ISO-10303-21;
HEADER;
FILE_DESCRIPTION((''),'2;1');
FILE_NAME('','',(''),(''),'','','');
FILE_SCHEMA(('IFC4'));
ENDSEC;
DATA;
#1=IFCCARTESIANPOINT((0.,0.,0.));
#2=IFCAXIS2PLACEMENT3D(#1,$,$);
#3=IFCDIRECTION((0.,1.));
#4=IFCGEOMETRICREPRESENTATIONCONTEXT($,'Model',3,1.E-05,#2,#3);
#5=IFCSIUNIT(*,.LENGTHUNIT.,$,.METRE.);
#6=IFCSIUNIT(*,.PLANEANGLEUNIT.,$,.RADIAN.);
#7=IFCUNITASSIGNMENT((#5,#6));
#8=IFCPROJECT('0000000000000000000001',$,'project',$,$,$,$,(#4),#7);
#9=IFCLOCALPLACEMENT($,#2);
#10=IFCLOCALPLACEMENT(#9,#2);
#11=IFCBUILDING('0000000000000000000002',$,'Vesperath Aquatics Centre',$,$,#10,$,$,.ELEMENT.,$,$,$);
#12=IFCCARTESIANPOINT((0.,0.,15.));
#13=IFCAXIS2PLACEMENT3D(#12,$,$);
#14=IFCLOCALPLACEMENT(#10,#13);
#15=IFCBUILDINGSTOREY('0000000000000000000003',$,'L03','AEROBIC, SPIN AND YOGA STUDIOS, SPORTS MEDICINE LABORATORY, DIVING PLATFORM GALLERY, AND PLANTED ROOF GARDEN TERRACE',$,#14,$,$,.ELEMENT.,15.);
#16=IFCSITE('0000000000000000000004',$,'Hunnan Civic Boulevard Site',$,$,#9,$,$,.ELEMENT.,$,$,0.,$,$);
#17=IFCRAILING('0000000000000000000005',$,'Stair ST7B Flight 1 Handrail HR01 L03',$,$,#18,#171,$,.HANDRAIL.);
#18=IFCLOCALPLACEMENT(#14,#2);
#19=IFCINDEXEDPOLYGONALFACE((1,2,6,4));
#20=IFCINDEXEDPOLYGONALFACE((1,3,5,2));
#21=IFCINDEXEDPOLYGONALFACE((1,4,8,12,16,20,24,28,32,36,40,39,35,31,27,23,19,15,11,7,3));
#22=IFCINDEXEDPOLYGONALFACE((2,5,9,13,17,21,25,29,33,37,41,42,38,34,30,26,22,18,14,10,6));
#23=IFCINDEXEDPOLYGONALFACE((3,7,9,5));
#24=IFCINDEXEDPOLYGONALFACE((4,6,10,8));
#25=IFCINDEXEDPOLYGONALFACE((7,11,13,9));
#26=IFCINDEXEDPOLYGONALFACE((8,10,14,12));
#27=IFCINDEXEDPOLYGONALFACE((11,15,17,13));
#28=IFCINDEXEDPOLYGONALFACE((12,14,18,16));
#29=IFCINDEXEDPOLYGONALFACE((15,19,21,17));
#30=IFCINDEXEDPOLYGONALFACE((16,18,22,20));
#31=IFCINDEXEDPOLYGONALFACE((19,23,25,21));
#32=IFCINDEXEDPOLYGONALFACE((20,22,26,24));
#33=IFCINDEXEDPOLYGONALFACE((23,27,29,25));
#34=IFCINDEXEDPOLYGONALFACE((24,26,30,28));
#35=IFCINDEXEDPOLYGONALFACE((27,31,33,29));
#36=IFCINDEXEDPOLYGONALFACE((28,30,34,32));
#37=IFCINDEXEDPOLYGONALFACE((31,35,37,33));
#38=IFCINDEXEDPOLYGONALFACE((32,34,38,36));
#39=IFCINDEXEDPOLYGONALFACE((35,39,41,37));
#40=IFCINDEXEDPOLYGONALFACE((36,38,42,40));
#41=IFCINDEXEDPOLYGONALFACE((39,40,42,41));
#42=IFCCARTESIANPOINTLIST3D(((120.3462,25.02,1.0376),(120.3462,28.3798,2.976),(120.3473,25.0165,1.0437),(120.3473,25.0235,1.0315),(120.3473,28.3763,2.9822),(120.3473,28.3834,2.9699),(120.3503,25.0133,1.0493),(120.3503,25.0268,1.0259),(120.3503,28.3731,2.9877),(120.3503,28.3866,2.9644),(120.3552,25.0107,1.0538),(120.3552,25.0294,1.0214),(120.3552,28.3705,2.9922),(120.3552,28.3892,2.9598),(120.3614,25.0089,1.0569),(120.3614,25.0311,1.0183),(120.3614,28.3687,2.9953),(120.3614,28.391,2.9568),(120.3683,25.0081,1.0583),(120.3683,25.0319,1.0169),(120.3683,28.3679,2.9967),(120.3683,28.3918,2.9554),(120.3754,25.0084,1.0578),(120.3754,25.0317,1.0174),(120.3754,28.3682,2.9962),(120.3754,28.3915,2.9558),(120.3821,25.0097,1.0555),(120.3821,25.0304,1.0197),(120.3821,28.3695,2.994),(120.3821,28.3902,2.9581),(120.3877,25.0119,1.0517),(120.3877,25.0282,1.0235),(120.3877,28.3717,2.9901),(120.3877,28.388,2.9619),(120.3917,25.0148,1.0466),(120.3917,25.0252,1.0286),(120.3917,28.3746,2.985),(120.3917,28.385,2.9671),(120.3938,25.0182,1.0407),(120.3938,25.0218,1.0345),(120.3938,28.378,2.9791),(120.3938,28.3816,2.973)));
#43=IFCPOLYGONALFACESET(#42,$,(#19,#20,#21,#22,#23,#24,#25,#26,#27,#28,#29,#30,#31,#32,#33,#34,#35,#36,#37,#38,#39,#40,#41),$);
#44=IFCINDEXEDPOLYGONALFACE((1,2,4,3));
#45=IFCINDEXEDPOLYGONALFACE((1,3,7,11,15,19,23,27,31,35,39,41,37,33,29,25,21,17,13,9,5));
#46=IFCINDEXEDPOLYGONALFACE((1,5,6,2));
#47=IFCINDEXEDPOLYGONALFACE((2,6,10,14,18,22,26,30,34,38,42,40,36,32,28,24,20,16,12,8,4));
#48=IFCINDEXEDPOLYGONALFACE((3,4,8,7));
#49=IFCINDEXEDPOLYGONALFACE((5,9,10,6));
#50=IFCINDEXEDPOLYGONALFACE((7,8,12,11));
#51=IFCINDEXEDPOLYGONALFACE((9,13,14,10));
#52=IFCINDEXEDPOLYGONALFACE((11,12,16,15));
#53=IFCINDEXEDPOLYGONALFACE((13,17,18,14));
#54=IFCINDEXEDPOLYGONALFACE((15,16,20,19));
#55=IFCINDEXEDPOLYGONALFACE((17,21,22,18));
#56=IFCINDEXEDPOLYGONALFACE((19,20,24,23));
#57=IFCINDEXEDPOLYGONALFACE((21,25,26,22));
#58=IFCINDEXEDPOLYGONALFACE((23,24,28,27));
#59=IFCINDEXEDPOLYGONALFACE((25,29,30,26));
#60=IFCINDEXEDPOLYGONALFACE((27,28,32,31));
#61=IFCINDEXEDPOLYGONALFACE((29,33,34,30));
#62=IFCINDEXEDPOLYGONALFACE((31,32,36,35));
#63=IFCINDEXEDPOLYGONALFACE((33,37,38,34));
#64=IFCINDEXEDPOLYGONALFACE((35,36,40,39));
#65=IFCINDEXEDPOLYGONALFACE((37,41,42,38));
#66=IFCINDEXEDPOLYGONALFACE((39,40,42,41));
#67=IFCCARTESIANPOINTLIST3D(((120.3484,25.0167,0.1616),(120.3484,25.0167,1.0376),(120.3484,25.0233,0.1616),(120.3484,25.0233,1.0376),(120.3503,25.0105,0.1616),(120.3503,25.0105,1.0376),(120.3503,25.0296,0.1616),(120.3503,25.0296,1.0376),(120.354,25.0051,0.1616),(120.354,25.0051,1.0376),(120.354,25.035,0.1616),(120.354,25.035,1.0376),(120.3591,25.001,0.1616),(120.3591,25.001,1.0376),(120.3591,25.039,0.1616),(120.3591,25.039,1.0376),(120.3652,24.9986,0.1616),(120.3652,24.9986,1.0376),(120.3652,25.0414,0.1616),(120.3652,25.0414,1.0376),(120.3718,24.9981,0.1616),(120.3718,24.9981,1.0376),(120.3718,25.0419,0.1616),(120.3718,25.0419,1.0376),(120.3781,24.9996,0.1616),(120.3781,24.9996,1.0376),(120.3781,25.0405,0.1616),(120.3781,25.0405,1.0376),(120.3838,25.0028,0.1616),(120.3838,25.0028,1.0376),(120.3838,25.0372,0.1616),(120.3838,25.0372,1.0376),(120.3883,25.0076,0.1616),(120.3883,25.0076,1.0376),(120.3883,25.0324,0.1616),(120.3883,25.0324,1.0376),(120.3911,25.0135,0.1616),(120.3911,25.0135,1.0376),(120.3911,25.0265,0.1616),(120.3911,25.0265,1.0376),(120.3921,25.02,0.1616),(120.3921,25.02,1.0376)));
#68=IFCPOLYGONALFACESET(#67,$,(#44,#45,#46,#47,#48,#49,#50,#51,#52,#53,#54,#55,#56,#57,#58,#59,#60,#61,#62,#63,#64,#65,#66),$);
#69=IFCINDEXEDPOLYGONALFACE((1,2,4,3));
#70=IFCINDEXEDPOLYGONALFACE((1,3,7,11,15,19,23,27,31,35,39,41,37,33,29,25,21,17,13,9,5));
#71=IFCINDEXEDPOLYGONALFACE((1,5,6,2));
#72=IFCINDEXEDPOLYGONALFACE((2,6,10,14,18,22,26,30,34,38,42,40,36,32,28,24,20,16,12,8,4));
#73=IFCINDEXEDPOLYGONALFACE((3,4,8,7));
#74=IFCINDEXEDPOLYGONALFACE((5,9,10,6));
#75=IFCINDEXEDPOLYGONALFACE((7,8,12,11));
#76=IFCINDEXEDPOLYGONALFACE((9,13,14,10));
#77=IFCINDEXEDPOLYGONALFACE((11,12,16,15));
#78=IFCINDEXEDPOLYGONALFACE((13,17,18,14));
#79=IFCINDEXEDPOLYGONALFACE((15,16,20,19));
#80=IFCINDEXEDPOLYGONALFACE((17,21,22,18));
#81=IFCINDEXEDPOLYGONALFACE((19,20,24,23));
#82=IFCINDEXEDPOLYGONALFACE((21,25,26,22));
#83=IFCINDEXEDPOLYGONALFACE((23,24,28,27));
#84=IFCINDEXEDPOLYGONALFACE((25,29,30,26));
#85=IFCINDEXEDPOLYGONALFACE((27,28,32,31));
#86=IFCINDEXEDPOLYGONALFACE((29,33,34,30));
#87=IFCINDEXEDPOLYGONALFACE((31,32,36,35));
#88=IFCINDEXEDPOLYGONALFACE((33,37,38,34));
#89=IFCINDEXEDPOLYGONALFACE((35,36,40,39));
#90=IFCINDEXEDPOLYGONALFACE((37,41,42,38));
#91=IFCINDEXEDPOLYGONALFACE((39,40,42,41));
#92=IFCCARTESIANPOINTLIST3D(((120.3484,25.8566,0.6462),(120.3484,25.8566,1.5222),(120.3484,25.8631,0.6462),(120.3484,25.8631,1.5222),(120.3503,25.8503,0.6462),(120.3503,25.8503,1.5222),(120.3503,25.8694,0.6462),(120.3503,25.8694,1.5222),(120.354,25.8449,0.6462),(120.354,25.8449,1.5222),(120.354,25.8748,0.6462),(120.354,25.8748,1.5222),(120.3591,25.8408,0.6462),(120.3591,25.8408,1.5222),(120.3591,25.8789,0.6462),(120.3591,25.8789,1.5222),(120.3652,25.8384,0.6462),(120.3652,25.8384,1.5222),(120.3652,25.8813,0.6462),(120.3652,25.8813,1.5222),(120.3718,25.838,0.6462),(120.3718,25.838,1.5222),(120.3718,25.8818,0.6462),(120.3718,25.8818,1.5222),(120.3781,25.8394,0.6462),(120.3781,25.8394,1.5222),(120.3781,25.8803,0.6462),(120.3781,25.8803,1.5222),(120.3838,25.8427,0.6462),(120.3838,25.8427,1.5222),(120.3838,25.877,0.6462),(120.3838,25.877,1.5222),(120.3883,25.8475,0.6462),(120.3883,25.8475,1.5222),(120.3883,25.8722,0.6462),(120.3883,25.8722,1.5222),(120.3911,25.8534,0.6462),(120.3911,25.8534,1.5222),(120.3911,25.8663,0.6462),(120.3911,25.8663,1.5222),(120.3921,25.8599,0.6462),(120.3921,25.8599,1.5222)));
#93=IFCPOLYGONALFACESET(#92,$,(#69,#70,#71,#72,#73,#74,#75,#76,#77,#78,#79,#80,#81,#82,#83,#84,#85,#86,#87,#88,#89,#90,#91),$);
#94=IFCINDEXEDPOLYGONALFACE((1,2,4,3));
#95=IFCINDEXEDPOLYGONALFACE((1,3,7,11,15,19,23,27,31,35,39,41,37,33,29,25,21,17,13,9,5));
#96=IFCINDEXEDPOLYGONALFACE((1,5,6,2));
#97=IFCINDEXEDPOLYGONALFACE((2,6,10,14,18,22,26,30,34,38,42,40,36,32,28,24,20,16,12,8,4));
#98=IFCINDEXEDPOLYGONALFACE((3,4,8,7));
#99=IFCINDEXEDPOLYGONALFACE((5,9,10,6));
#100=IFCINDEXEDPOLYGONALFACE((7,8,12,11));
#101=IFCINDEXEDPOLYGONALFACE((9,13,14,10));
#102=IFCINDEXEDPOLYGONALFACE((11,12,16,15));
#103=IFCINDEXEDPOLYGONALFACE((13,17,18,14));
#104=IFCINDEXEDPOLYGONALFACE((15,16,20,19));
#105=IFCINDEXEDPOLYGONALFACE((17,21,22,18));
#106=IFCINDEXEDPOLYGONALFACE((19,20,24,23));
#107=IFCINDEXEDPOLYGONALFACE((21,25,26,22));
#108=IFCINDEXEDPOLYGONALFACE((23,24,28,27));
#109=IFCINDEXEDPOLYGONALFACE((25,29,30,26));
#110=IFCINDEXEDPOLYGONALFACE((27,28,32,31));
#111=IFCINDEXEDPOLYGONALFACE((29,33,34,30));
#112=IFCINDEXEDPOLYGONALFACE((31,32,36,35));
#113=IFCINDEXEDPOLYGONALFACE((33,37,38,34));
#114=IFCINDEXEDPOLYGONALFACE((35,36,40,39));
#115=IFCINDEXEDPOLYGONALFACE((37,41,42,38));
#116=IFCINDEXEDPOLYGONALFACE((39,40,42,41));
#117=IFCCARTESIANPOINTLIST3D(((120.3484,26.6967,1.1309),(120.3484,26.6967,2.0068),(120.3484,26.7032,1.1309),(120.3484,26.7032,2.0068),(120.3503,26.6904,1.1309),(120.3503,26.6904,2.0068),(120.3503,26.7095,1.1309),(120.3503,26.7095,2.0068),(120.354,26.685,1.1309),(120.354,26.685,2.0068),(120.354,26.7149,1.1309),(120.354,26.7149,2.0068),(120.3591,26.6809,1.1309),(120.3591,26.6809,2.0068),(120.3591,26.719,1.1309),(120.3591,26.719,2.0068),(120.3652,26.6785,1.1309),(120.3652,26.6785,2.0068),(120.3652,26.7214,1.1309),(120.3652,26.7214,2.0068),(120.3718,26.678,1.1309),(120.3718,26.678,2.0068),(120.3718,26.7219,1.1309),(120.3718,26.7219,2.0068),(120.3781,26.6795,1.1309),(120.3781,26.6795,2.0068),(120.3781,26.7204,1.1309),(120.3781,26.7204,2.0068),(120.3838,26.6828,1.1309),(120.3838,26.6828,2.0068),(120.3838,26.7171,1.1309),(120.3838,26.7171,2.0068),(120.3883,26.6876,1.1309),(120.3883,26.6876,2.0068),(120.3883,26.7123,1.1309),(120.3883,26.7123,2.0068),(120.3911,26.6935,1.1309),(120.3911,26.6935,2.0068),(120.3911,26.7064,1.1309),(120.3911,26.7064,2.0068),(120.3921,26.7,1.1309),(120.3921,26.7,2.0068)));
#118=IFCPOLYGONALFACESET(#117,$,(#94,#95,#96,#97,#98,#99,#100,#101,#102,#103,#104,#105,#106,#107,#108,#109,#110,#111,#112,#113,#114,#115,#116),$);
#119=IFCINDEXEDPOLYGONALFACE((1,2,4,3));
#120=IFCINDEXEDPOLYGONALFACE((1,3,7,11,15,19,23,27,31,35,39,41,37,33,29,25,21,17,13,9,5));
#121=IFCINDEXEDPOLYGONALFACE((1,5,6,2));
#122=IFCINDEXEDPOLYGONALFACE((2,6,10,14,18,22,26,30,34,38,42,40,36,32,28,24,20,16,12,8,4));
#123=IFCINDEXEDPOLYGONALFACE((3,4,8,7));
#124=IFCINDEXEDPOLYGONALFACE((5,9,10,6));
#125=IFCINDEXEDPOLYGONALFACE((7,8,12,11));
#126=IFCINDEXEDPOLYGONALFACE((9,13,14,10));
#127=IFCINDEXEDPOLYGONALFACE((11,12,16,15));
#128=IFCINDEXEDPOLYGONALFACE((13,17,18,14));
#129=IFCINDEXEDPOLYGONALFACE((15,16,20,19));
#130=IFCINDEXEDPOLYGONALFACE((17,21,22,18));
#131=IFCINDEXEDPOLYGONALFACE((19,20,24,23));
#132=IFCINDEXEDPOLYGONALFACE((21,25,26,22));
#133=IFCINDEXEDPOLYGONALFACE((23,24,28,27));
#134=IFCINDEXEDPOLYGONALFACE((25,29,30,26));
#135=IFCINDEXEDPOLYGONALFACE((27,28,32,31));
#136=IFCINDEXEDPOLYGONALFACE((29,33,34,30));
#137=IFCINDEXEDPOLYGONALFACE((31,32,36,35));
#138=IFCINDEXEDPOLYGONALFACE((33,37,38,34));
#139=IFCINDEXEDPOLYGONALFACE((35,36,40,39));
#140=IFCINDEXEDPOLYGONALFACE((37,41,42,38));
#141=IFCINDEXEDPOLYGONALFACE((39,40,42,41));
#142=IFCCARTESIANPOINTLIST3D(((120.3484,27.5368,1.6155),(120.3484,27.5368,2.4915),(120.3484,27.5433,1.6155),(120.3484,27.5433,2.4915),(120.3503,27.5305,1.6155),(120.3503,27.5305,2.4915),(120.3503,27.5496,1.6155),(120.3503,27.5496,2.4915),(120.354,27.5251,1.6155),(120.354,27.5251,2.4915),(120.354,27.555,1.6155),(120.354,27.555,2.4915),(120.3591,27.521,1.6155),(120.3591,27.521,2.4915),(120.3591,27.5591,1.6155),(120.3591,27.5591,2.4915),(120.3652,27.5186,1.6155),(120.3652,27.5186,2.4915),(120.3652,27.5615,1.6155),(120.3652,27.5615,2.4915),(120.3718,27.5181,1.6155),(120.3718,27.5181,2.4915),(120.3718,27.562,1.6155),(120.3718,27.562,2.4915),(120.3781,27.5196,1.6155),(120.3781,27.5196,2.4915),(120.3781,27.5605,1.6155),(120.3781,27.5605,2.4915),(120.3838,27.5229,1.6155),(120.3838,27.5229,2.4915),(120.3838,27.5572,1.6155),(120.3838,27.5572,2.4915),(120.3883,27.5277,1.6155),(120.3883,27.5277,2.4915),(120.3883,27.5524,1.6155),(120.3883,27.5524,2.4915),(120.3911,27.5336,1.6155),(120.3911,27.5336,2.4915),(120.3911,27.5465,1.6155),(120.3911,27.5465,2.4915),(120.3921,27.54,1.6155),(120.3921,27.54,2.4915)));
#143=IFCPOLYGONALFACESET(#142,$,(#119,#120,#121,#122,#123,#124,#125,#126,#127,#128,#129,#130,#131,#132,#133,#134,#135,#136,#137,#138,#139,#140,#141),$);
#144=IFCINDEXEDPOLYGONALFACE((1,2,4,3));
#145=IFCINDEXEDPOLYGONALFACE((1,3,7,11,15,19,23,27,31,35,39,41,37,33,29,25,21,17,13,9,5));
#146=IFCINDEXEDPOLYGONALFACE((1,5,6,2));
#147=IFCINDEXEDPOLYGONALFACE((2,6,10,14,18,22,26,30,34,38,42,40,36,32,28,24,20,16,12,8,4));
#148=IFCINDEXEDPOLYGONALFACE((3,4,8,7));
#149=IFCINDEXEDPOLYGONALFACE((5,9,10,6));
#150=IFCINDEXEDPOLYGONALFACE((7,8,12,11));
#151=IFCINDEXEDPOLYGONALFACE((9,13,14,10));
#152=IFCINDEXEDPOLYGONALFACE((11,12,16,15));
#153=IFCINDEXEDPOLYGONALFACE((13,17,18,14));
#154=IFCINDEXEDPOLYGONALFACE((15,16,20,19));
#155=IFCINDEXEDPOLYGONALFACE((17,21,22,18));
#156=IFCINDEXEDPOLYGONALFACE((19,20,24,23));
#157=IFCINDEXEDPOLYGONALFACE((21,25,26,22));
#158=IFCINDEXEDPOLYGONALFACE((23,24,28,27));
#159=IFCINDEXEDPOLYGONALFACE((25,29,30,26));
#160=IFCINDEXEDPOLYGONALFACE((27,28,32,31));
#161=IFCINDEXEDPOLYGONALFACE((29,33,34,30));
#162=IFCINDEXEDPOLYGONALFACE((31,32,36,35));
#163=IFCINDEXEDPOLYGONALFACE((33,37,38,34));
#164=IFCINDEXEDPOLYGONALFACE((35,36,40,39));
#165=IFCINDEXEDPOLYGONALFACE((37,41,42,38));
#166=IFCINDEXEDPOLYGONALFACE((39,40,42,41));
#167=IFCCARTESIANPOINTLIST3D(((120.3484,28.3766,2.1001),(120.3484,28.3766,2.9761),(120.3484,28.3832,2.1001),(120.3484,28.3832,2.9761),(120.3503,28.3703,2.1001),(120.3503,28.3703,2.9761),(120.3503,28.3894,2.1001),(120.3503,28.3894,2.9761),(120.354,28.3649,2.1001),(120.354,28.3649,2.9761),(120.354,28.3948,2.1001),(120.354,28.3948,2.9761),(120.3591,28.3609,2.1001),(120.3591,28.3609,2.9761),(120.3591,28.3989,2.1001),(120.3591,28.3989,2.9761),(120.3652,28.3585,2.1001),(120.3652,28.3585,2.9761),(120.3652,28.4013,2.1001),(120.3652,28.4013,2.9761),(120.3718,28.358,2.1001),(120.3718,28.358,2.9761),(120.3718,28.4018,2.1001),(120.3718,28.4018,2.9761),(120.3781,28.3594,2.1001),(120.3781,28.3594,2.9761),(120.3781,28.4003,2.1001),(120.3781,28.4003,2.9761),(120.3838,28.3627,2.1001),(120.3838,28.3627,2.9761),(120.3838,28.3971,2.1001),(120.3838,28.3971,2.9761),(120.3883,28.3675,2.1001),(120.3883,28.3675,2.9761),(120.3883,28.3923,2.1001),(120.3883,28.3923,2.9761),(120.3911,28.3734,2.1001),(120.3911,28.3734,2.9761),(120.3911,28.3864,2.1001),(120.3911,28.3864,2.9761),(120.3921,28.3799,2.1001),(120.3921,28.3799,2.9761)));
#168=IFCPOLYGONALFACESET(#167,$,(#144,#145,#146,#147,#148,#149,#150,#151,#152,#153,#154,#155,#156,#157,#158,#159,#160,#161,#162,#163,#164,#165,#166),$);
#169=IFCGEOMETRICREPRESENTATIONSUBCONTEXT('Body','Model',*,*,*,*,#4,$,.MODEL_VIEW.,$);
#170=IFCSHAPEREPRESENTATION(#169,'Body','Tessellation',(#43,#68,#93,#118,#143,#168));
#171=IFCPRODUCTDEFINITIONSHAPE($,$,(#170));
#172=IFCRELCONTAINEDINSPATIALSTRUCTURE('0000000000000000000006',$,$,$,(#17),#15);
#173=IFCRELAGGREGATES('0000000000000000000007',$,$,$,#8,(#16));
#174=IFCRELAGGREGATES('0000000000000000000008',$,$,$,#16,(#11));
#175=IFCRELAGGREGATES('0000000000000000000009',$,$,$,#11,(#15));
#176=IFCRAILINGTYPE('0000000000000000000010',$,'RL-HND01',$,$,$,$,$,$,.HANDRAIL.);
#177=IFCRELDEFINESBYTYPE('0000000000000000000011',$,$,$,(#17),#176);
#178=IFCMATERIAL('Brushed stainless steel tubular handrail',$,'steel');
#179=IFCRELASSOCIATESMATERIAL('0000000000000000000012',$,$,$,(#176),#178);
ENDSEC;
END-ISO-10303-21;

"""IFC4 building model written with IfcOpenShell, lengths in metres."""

from ifc_helpers import new_model, si_unit, direction, frame, origin, origin_2d, place, context, subcontext, project, spatial, circle, extrude, material, type_object, element, save


model = new_model("IFC4")

# Units and contexts
model_context = context("Model", 3, precision=1e-05, world=origin(), true_north=direction((0.0, 1.0)))
body_context = subcontext(model_context, "Body", "Model", "MODEL_VIEW")
ifc_project = project(units=[si_unit("LENGTHUNIT", "METRE"), si_unit("PLANEANGLEUNIT", "RADIAN")], contexts=[model_context])

# Site, building, storey
site_placement = place(None, origin())
site = spatial("IfcSite", under=ifc_project, at=site_placement, Name="Hunnan Civic Boulevard Site", CompositionType="ELEMENT", RefElevation=0.0)
building_placement = place(site_placement, origin())
building = spatial("IfcBuilding", under=site, at=building_placement, Name="Vesperath Aquatics Centre", CompositionType="ELEMENT")
storey_placement = place(building_placement, frame((0.0, 0.0, 15.0)))
storey = spatial("IfcBuildingStorey", under=building, at=storey_placement, Name="L03", Description="AEROBIC, SPIN AND YOGA STUDIOS, SPORTS MEDICINE LABORATORY, DIVING PLATFORM GALLERY, AND PLANTED ROOF GARDEN TERRACE", CompositionType="ELEMENT", Elevation=15.0)

# Railing
ifc_material_1 = material(Name="Brushed stainless steel tubular handrail", Category="steel")
railing_type_1 = type_object("IfcRailingType", Name="RL-HND01", PredefinedType="HANDRAIL", material=ifc_material_1)
railing_1_placement = place(storey_placement, frame((120.3701, 25.02, 0.1616)))
element("IfcRailing", 1, at=railing_1_placement, inside=storey, type_object=railing_type_1, Name="Stair ST7B Flight 1 Handrail HR01 L03", PredefinedType="HANDRAIL", context=body_context, shape_type="SweptSolid", body=[
    extrude(circle(Radius=0.0239, at=origin_2d()), frame((0.0, 0.0, 0.876), z_axis=(0.0, 0.866175, 0.499741), x_axis=(-1.0, 0.0, 0.0)), (0.0, 0.0, 1.0), 3.8789),
    extrude(circle(Radius=0.022, at=origin_2d()), origin(), (0.0, 0.0, 1.0), 0.876),
    extrude(circle(Radius=0.022, at=origin_2d()), frame((0.0, 0.8398, 0.4846)), (0.0, 0.0, 1.0), 0.876),
    extrude(circle(Radius=0.022, at=origin_2d()), frame((0.0, 1.6799, 0.9692)), (0.0, 0.0, 1.0), 0.876),
    extrude(circle(Radius=0.022, at=origin_2d()), frame((0.0, 2.52, 1.4539)), (0.0, 0.0, 1.0), 0.876),
    extrude(circle(Radius=0.022, at=origin_2d()), frame((0.0, 3.3599, 1.9385)), (0.0, 0.0, 1.0), 0.876),
])

save(model, "model.ifc")
